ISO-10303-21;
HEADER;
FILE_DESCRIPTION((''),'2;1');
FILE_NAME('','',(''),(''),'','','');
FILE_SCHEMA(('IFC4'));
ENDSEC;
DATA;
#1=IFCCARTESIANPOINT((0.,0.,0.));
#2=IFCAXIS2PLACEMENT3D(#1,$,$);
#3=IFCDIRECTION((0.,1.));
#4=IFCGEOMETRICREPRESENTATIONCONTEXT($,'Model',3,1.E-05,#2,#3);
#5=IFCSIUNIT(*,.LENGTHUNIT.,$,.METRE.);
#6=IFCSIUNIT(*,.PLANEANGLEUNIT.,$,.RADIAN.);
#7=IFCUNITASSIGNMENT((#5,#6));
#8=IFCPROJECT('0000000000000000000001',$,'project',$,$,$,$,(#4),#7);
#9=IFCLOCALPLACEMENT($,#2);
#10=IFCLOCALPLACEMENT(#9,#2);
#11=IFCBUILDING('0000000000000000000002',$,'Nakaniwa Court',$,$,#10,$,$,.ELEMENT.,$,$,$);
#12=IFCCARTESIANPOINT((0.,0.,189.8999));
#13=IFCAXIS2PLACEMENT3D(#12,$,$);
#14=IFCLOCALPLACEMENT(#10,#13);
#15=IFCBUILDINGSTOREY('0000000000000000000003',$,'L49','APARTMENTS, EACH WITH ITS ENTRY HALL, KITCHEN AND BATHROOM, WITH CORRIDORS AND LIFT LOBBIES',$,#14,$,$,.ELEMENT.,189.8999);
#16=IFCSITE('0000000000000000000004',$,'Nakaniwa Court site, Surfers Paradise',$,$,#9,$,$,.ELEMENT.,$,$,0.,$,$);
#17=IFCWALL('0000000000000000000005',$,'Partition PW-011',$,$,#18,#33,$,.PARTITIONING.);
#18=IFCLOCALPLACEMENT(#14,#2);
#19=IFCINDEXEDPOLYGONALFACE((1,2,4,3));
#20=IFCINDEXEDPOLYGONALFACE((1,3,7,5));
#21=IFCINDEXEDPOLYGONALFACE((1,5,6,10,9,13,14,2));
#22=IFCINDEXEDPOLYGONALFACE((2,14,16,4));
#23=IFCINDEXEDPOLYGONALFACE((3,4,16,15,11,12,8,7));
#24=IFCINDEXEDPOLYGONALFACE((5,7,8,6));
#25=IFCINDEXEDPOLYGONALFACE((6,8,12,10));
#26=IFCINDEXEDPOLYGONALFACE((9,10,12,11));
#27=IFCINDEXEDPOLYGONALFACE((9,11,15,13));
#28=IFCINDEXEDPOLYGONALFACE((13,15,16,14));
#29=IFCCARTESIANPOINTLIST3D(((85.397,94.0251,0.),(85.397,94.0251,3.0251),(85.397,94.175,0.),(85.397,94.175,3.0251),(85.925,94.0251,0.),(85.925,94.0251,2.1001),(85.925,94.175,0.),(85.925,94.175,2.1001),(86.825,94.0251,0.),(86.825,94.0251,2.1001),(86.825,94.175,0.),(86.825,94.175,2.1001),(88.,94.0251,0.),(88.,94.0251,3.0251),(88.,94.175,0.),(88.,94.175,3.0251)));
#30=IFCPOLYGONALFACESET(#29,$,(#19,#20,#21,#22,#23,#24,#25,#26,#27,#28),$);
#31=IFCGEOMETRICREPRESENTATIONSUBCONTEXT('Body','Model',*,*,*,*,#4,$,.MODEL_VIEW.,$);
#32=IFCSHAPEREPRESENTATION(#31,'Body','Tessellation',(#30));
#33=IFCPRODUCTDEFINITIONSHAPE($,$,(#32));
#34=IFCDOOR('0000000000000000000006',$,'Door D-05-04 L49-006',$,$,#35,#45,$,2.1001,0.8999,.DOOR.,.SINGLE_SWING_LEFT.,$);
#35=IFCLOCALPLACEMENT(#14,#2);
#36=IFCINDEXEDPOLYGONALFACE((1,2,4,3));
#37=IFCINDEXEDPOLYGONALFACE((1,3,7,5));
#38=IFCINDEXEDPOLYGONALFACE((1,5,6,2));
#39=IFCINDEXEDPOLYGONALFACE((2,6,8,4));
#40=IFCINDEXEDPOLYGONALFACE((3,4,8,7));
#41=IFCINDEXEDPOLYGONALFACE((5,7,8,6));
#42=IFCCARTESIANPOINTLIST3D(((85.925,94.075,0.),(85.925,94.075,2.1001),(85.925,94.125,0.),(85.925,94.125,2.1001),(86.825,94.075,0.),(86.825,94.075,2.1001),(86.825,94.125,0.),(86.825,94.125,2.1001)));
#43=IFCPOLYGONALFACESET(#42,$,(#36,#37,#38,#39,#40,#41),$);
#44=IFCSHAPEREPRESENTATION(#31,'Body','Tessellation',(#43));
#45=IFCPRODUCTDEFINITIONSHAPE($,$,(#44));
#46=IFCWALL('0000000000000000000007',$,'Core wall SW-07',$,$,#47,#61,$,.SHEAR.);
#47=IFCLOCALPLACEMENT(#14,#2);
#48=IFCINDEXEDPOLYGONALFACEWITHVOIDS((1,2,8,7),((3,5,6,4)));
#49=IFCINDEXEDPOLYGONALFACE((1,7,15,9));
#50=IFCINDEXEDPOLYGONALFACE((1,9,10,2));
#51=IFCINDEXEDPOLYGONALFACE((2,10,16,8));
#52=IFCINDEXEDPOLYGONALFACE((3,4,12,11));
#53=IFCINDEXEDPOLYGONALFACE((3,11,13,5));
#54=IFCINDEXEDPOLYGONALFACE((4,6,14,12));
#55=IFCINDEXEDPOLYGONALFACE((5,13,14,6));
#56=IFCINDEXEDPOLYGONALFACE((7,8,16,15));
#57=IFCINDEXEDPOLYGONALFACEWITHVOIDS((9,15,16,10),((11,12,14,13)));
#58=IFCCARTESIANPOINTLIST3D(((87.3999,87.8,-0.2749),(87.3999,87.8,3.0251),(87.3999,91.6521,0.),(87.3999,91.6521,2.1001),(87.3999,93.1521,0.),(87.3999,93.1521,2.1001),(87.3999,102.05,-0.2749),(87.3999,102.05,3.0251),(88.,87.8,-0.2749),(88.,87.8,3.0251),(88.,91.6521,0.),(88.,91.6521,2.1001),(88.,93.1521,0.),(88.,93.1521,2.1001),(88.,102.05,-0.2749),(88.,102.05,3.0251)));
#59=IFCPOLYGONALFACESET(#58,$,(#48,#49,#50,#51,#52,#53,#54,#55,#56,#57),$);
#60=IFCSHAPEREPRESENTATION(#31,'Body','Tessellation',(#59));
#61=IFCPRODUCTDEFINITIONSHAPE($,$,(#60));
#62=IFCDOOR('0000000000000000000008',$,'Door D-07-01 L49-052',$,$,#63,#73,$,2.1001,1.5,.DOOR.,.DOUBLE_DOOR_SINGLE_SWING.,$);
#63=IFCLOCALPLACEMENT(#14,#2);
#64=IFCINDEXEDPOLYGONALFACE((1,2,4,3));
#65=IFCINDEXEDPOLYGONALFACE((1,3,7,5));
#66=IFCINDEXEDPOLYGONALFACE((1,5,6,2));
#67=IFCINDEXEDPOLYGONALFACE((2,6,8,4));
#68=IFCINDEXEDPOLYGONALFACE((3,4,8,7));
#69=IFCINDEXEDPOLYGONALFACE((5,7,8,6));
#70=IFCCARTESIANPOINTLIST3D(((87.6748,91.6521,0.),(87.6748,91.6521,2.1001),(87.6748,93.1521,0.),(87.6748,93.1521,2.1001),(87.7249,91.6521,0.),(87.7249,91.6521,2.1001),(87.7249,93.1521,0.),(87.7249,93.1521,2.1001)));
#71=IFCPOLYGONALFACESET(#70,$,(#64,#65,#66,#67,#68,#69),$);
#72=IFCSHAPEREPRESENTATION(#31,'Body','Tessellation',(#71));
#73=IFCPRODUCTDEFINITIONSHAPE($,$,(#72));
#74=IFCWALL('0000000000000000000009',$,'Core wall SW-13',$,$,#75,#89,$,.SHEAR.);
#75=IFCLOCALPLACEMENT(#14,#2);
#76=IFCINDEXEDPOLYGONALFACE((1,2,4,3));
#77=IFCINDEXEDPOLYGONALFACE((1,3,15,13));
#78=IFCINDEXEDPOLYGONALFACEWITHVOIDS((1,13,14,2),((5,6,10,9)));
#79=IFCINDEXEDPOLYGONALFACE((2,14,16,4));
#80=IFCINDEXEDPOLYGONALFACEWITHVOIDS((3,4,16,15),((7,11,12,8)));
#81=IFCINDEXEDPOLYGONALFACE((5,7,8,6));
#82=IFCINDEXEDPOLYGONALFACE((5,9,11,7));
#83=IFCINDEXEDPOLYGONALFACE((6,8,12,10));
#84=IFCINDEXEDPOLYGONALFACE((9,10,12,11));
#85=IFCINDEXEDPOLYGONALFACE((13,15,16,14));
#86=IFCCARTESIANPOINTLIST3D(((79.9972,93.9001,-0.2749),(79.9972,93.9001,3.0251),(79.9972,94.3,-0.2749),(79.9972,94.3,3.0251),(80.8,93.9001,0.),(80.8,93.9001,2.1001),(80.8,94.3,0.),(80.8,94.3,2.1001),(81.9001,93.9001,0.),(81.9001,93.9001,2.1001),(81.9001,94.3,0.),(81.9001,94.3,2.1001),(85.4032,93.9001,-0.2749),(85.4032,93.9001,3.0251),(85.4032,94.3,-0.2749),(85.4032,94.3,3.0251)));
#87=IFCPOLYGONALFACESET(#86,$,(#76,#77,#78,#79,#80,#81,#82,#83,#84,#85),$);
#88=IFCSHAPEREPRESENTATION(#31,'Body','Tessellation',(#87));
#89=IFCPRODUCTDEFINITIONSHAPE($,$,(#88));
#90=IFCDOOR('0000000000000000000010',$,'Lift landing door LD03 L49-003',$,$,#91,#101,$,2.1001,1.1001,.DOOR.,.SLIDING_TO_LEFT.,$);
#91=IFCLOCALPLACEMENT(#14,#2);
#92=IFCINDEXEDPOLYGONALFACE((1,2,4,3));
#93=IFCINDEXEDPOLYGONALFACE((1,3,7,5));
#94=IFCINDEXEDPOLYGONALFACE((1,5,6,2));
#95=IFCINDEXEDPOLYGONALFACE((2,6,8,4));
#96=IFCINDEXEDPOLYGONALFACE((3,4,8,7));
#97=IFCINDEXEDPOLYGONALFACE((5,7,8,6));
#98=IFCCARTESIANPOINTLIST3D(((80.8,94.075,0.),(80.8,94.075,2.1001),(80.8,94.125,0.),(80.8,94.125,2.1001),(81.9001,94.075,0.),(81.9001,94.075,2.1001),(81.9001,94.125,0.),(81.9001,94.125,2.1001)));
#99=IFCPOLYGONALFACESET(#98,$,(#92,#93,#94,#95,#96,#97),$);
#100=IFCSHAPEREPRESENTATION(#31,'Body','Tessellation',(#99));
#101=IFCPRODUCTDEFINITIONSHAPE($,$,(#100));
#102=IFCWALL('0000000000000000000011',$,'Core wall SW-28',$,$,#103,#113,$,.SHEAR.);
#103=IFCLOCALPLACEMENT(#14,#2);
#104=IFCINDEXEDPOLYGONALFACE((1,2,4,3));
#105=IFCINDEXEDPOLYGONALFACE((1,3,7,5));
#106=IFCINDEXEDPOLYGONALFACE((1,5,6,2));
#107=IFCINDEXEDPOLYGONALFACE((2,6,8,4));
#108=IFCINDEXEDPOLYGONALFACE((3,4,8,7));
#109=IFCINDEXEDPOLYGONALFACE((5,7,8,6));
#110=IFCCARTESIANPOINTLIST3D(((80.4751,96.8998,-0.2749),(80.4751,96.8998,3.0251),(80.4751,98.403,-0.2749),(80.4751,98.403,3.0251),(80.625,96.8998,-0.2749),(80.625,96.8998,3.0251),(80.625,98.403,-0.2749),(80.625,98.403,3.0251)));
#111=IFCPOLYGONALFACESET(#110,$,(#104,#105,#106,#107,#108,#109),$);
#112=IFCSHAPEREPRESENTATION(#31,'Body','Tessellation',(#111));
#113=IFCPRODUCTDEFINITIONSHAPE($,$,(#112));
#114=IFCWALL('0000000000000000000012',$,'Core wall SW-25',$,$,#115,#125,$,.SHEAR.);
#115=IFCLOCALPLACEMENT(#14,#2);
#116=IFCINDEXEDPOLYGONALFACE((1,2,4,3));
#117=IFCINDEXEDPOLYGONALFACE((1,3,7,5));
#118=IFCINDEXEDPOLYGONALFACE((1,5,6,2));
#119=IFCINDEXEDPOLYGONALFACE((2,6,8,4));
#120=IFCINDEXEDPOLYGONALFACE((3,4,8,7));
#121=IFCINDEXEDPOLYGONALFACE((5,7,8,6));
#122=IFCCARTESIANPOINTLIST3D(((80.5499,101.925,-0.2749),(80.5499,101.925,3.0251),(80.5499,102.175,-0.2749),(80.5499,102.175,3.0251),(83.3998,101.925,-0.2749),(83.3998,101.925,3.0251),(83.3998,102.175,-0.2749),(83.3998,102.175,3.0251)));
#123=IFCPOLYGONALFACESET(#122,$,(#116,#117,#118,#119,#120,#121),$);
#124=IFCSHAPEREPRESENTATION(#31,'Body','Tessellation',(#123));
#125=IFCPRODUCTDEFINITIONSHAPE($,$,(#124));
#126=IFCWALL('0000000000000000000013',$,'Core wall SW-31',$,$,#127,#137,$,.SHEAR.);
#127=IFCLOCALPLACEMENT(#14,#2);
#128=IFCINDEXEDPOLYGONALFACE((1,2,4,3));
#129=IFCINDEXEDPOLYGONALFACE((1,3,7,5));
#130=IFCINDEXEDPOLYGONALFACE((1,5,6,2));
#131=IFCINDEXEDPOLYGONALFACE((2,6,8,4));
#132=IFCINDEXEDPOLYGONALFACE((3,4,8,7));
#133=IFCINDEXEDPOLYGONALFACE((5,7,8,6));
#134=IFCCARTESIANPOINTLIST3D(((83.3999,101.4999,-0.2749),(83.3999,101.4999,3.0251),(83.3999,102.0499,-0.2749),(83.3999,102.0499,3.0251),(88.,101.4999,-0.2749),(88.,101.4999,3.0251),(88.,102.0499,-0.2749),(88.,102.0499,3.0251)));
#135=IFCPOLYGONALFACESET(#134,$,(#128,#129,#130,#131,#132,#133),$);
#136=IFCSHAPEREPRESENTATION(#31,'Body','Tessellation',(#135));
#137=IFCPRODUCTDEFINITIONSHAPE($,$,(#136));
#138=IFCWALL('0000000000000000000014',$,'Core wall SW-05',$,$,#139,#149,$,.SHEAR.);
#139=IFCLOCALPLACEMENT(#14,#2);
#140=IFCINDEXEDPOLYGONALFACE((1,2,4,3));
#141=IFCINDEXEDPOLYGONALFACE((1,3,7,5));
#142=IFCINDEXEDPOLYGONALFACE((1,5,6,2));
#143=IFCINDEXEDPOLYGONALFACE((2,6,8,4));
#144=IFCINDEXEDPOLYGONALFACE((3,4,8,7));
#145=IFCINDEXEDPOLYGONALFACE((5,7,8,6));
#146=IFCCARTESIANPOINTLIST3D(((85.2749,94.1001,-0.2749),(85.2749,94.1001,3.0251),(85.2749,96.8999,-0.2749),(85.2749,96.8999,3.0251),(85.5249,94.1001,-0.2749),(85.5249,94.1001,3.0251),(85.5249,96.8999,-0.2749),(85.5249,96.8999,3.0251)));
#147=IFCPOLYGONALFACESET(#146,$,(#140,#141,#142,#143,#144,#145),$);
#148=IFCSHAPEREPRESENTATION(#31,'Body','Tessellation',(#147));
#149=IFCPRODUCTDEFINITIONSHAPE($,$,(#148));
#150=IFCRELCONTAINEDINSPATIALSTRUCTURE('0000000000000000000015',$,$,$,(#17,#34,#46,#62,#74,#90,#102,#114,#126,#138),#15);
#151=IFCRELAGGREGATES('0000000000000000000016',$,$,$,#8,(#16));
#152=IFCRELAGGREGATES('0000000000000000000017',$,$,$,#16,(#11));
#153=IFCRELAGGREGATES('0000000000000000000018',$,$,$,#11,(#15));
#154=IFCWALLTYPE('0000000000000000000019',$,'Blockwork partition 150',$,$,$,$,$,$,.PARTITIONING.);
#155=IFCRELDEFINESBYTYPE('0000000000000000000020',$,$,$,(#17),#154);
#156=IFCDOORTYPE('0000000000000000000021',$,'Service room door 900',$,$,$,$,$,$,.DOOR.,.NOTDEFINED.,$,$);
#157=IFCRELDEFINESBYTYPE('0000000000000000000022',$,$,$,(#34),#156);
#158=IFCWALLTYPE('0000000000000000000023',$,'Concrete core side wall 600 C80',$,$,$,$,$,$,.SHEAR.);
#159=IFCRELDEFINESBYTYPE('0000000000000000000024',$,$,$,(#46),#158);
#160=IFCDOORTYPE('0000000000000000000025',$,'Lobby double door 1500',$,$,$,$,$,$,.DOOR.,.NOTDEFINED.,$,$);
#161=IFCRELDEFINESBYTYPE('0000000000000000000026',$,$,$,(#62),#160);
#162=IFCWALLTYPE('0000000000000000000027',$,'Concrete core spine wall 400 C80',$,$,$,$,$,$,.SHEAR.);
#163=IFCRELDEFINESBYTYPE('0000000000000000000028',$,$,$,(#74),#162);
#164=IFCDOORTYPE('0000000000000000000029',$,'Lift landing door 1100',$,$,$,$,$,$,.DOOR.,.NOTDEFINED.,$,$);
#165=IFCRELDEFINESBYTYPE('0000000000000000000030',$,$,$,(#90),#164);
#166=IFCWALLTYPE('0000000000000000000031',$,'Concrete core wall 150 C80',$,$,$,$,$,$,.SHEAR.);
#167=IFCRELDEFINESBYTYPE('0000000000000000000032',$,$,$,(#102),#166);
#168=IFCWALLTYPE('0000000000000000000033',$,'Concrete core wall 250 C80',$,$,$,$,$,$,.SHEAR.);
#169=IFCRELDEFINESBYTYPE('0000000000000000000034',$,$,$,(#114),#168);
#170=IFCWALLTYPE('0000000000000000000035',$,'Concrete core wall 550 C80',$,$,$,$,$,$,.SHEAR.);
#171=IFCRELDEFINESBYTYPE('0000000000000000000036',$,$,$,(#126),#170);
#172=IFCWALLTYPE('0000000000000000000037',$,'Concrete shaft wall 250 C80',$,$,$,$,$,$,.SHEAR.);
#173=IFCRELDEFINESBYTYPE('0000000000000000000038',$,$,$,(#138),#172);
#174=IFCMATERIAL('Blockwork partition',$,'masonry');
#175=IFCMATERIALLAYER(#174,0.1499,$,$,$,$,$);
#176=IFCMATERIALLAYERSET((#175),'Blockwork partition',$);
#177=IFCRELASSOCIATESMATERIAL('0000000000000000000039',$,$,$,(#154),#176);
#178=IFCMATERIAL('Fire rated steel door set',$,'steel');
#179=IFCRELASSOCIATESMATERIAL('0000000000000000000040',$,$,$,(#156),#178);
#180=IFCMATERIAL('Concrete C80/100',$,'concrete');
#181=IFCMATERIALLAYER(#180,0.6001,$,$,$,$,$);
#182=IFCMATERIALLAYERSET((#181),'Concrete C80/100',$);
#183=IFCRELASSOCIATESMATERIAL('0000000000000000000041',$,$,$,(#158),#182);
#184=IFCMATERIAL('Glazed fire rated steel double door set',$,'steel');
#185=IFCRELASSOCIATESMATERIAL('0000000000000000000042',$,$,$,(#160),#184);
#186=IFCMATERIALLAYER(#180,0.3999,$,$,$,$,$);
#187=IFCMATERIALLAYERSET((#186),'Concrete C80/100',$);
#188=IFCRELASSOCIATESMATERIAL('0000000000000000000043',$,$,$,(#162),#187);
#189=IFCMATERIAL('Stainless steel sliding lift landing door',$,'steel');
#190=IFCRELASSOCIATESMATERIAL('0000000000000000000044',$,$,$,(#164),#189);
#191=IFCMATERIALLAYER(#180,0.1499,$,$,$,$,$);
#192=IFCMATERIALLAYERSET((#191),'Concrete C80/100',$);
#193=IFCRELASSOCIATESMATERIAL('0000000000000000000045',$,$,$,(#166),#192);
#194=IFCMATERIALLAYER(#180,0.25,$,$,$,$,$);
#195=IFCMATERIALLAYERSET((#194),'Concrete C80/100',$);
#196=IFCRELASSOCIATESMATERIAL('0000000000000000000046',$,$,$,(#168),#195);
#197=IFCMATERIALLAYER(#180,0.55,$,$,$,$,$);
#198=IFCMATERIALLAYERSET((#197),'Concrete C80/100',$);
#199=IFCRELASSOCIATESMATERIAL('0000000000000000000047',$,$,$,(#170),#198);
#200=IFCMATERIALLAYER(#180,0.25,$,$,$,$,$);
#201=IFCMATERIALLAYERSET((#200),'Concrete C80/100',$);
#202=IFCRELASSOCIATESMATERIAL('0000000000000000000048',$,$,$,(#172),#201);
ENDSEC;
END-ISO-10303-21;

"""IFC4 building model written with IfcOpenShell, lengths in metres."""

from ifc_helpers import new_model, si_unit, direction, frame, frame_2d, origin, place, context, subcontext, project, spatial, rectangle, extrude, material, layer, layer_set, type_object, element, fill, save


model = new_model("IFC4")

# Units and contexts
model_context = context("Model", 3, precision=1e-05, world=origin(), true_north=direction((0.0, 1.0)))
body_context = subcontext(model_context, "Body", "Model", "MODEL_VIEW")
ifc_project = project(units=[si_unit("LENGTHUNIT", "METRE"), si_unit("PLANEANGLEUNIT", "RADIAN")], contexts=[model_context])

# Site, building, storey
site_placement = place(None, origin())
site = spatial("IfcSite", under=ifc_project, at=site_placement, Name="Nakaniwa Court site, Surfers Paradise", CompositionType="ELEMENT", RefElevation=0.0)
building_placement = place(site_placement, origin())
building = spatial("IfcBuilding", under=site, at=building_placement, Name="Nakaniwa Court", CompositionType="ELEMENT")
storey_placement = place(building_placement, frame((0.0, 0.0, 189.8999)))
storey = spatial("IfcBuildingStorey", under=building, at=storey_placement, Name="L49", Description="APARTMENTS, EACH WITH ITS ENTRY HALL, KITCHEN AND BATHROOM, WITH CORRIDORS AND LIFT LOBBIES", CompositionType="ELEMENT", Elevation=189.8999)

# Walls, openings, doors
ifc_material_1 = material(Name="Blockwork partition", Category="masonry")
ifc_layer_1 = layer(ifc_material_1, 0.1499)
ifc_layer_set_1 = layer_set([ifc_layer_1], Name="Blockwork partition")
wall_type_1 = type_object("IfcWallType", Name="Blockwork partition 150", PredefinedType="PARTITIONING", material=ifc_layer_set_1)
wall_1_placement = place(storey_placement, frame((85.397, 94.1001, 0.0), z_axis=(0.0, 0.0, 1.0), x_axis=(1.0, 0.0, 0.0)))
wall_1 = element("IfcWall", 1, at=wall_1_placement, inside=storey, type_object=wall_type_1, Name="Partition PW-011", PredefinedType="PARTITIONING", context=body_context, shape_type="SweptSolid", body=[
    extrude(rectangle(XDim=2.603, YDim=0.1499, at=frame_2d((1.3015, 0.0))), origin(), (0.0, 0.0, 1.0), 3.0251),
])
opening_1_placement = place(wall_1_placement, frame((0.5281, 0.0, 0.0)))
opening_1 = element("IfcOpeningElement", 2, at=opening_1_placement, cuts=wall_1, PredefinedType="OPENING", context=body_context, shape_type="SweptSolid", body=[
    extrude(rectangle(XDim=0.8999, YDim=2.1001, at=frame_2d((0.45, 1.05))), frame((0.0, 0.085, 0.0), z_axis=(0.0, -1.0, 0.0), x_axis=(1.0, 0.0, 0.0)), (0.0, 0.0, 1.0), 0.1699),
])
ifc_material_2 = material(Name="Fire rated steel door set", Category="steel")
door_type_1 = type_object("IfcDoorType", Name="Service room door 900", OperationType="NOTDEFINED", PredefinedType="DOOR", material=ifc_material_2)
door_1_placement = place(opening_1_placement, origin())
door_1 = element("IfcDoor", 3, at=door_1_placement, inside=storey, type_object=door_type_1, Name="Door D-05-04 L49-006", OperationType="SINGLE_SWING_LEFT", OverallHeight=2.1001, OverallWidth=0.8999, PredefinedType="DOOR", context=body_context, shape_type="SweptSolid", body=[
    extrude(rectangle(XDim=0.8999, YDim=2.1001, at=frame_2d((0.45, 1.05))), frame((0.0, 0.0249, 0.0), z_axis=(0.0, -1.0, 0.0), x_axis=(1.0, 0.0, 0.0)), (0.0, 0.0, 1.0), 0.05),
])
fill(opening_1, door_1)
ifc_material_3 = material(Name="Concrete C80/100", Category="concrete")
ifc_layer_2 = layer(ifc_material_3, 0.6001)
ifc_layer_set_2 = layer_set([ifc_layer_2], Name="Concrete C80/100")
wall_type_2 = type_object("IfcWallType", Name="Concrete core side wall 600 C80", PredefinedType="SHEAR", material=ifc_layer_set_2)
wall_2_placement = place(storey_placement, frame((87.7, 102.05, -0.2749), z_axis=(0.0, 0.0, 1.0), x_axis=(0.0, -1.0, 0.0)))
wall_2 = element("IfcWall", 4, at=wall_2_placement, inside=storey, type_object=wall_type_2, Name="Core wall SW-07", PredefinedType="SHEAR", context=body_context, shape_type="SweptSolid", body=[
    extrude(rectangle(XDim=14.25, YDim=0.6001, at=frame_2d((7.125, 0.0))), origin(), (0.0, 0.0, 1.0), 3.3),
])
opening_2_placement = place(wall_2_placement, frame((8.8979, 0.0, 0.2749)))
opening_2 = element("IfcOpeningElement", 5, at=opening_2_placement, cuts=wall_2, PredefinedType="OPENING", context=body_context, shape_type="SweptSolid", body=[
    extrude(rectangle(XDim=1.5, YDim=2.1001, at=frame_2d((0.75, 1.05))), frame((0.0, 0.3101, 0.0), z_axis=(0.0, -1.0, 0.0), x_axis=(1.0, 0.0, 0.0)), (0.0, 0.0, 1.0), 0.6201),
])
ifc_material_4 = material(Name="Glazed fire rated steel double door set", Category="steel")
door_type_2 = type_object("IfcDoorType", Name="Lobby double door 1500", OperationType="NOTDEFINED", PredefinedType="DOOR", material=ifc_material_4)
door_2_placement = place(opening_2_placement, origin())
door_2 = element("IfcDoor", 6, at=door_2_placement, inside=storey, type_object=door_type_2, Name="Door D-07-01 L49-052", OperationType="DOUBLE_DOOR_SINGLE_SWING", OverallHeight=2.1001, OverallWidth=1.5, PredefinedType="DOOR", context=body_context, shape_type="SweptSolid", body=[
    extrude(rectangle(XDim=1.5, YDim=2.1001, at=frame_2d((0.75, 1.05))), frame((0.0, 0.0249, 0.0), z_axis=(0.0, -1.0, 0.0), x_axis=(1.0, 0.0, 0.0)), (0.0, 0.0, 1.0), 0.05),
])
fill(opening_2, door_2)
ifc_layer_3 = layer(ifc_material_3, 0.3999)
ifc_layer_set_3 = layer_set([ifc_layer_3], Name="Concrete C80/100")
wall_type_3 = type_object("IfcWallType", Name="Concrete core spine wall 400 C80", PredefinedType="SHEAR", material=ifc_layer_set_3)
wall_3_placement = place(storey_placement, frame((79.9971, 94.1001, -0.2749), z_axis=(0.0, 0.0, 1.0), x_axis=(1.0, 0.0, 0.0)))
wall_3 = element("IfcWall", 7, at=wall_3_placement, inside=storey, type_object=wall_type_3, Name="Core wall SW-13", PredefinedType="SHEAR", context=body_context, shape_type="SweptSolid", body=[
    extrude(rectangle(XDim=5.406, YDim=0.3999, at=frame_2d((2.7031, 0.0))), origin(), (0.0, 0.0, 1.0), 3.3),
])
opening_3_placement = place(wall_3_placement, frame((0.803, 0.0, 0.2749)))
opening_3 = element("IfcOpeningElement", 8, at=opening_3_placement, cuts=wall_3, PredefinedType="OPENING", context=body_context, shape_type="SweptSolid", body=[
    extrude(rectangle(XDim=1.1001, YDim=2.1001, at=frame_2d((0.55, 1.05))), frame((0.0, 0.21, 0.0), z_axis=(0.0, -1.0, 0.0), x_axis=(1.0, 0.0, 0.0)), (0.0, 0.0, 1.0), 0.4199),
])
ifc_material_5 = material(Name="Stainless steel sliding lift landing door", Category="steel")
door_type_3 = type_object("IfcDoorType", Name="Lift landing door 1100", OperationType="NOTDEFINED", PredefinedType="DOOR", material=ifc_material_5)
door_3_placement = place(opening_3_placement, origin())
door_3 = element("IfcDoor", 9, at=door_3_placement, inside=storey, type_object=door_type_3, Name="Lift landing door LD03 L49-003", OperationType="SLIDING_TO_LEFT", OverallHeight=2.1001, OverallWidth=1.1001, PredefinedType="DOOR", context=body_context, shape_type="SweptSolid", body=[
    extrude(rectangle(XDim=1.1001, YDim=2.1001, at=frame_2d((0.55, 1.05))), frame((0.0, 0.0249, 0.0), z_axis=(0.0, -1.0, 0.0), x_axis=(1.0, 0.0, 0.0)), (0.0, 0.0, 1.0), 0.05),
])
fill(opening_3, door_3)

# Walls
ifc_layer_4 = layer(ifc_material_3, 0.1499)
ifc_layer_set_4 = layer_set([ifc_layer_4], Name="Concrete C80/100")
wall_type_4 = type_object("IfcWallType", Name="Concrete core wall 150 C80", PredefinedType="SHEAR", material=ifc_layer_set_4)
wall_4_placement = place(storey_placement, frame((80.55, 96.8999, -0.2749), z_axis=(0.0, 0.0, 1.0), x_axis=(0.0, 1.0, 0.0)))
element("IfcWall", 10, at=wall_4_placement, inside=storey, type_object=wall_type_4, Name="Core wall SW-28", PredefinedType="SHEAR", context=body_context, shape_type="SweptSolid", body=[
    extrude(rectangle(XDim=1.5032, YDim=0.1499, at=frame_2d((0.7515, 0.0))), origin(), (0.0, 0.0, 1.0), 3.3),
])
ifc_layer_5 = layer(ifc_material_3, 0.25)
ifc_layer_set_5 = layer_set([ifc_layer_5], Name="Concrete C80/100")
wall_type_5 = type_object("IfcWallType", Name="Concrete core wall 250 C80", PredefinedType="SHEAR", material=ifc_layer_set_5)
wall_5_placement = place(storey_placement, frame((80.55, 102.05, -0.2749), z_axis=(0.0, 0.0, 1.0), x_axis=(1.0, 0.0, 0.0)))
element("IfcWall", 11, at=wall_5_placement, inside=storey, type_object=wall_type_5, Name="Core wall SW-25", PredefinedType="SHEAR", context=body_context, shape_type="SweptSolid", body=[
    extrude(rectangle(XDim=2.8499, YDim=0.25, at=frame_2d((1.4248, 0.0))), origin(), (0.0, 0.0, 1.0), 3.3),
])
ifc_layer_6 = layer(ifc_material_3, 0.55)
ifc_layer_set_6 = layer_set([ifc_layer_6], Name="Concrete C80/100")
wall_type_6 = type_object("IfcWallType", Name="Concrete core wall 550 C80", PredefinedType="SHEAR", material=ifc_layer_set_6)
wall_6_placement = place(storey_placement, frame((83.3999, 101.7749, -0.2749), z_axis=(0.0, 0.0, 1.0), x_axis=(1.0, 0.0, 0.0)))
element("IfcWall", 12, at=wall_6_placement, inside=storey, type_object=wall_type_6, Name="Core wall SW-31", PredefinedType="SHEAR", context=body_context, shape_type="SweptSolid", body=[
    extrude(rectangle(XDim=4.6001, YDim=0.55, at=frame_2d((2.3, 0.0))), origin(), (0.0, 0.0, 1.0), 3.3),
])
ifc_layer_7 = layer(ifc_material_3, 0.25)
ifc_layer_set_7 = layer_set([ifc_layer_7], Name="Concrete C80/100")
wall_type_7 = type_object("IfcWallType", Name="Concrete shaft wall 250 C80", PredefinedType="SHEAR", material=ifc_layer_set_7)
wall_7_placement = place(storey_placement, frame((85.3999, 94.1001, -0.2749), z_axis=(0.0, 0.0, 1.0), x_axis=(0.0, 1.0, 0.0)))
element("IfcWall", 13, at=wall_7_placement, inside=storey, type_object=wall_type_7, Name="Core wall SW-05", PredefinedType="SHEAR", context=body_context, shape_type="SweptSolid", body=[
    extrude(rectangle(XDim=2.7998, YDim=0.25, at=frame_2d((1.3999, 0.0))), origin(), (0.0, 0.0, 1.0), 3.3),
])

save(model, "model.ifc")
